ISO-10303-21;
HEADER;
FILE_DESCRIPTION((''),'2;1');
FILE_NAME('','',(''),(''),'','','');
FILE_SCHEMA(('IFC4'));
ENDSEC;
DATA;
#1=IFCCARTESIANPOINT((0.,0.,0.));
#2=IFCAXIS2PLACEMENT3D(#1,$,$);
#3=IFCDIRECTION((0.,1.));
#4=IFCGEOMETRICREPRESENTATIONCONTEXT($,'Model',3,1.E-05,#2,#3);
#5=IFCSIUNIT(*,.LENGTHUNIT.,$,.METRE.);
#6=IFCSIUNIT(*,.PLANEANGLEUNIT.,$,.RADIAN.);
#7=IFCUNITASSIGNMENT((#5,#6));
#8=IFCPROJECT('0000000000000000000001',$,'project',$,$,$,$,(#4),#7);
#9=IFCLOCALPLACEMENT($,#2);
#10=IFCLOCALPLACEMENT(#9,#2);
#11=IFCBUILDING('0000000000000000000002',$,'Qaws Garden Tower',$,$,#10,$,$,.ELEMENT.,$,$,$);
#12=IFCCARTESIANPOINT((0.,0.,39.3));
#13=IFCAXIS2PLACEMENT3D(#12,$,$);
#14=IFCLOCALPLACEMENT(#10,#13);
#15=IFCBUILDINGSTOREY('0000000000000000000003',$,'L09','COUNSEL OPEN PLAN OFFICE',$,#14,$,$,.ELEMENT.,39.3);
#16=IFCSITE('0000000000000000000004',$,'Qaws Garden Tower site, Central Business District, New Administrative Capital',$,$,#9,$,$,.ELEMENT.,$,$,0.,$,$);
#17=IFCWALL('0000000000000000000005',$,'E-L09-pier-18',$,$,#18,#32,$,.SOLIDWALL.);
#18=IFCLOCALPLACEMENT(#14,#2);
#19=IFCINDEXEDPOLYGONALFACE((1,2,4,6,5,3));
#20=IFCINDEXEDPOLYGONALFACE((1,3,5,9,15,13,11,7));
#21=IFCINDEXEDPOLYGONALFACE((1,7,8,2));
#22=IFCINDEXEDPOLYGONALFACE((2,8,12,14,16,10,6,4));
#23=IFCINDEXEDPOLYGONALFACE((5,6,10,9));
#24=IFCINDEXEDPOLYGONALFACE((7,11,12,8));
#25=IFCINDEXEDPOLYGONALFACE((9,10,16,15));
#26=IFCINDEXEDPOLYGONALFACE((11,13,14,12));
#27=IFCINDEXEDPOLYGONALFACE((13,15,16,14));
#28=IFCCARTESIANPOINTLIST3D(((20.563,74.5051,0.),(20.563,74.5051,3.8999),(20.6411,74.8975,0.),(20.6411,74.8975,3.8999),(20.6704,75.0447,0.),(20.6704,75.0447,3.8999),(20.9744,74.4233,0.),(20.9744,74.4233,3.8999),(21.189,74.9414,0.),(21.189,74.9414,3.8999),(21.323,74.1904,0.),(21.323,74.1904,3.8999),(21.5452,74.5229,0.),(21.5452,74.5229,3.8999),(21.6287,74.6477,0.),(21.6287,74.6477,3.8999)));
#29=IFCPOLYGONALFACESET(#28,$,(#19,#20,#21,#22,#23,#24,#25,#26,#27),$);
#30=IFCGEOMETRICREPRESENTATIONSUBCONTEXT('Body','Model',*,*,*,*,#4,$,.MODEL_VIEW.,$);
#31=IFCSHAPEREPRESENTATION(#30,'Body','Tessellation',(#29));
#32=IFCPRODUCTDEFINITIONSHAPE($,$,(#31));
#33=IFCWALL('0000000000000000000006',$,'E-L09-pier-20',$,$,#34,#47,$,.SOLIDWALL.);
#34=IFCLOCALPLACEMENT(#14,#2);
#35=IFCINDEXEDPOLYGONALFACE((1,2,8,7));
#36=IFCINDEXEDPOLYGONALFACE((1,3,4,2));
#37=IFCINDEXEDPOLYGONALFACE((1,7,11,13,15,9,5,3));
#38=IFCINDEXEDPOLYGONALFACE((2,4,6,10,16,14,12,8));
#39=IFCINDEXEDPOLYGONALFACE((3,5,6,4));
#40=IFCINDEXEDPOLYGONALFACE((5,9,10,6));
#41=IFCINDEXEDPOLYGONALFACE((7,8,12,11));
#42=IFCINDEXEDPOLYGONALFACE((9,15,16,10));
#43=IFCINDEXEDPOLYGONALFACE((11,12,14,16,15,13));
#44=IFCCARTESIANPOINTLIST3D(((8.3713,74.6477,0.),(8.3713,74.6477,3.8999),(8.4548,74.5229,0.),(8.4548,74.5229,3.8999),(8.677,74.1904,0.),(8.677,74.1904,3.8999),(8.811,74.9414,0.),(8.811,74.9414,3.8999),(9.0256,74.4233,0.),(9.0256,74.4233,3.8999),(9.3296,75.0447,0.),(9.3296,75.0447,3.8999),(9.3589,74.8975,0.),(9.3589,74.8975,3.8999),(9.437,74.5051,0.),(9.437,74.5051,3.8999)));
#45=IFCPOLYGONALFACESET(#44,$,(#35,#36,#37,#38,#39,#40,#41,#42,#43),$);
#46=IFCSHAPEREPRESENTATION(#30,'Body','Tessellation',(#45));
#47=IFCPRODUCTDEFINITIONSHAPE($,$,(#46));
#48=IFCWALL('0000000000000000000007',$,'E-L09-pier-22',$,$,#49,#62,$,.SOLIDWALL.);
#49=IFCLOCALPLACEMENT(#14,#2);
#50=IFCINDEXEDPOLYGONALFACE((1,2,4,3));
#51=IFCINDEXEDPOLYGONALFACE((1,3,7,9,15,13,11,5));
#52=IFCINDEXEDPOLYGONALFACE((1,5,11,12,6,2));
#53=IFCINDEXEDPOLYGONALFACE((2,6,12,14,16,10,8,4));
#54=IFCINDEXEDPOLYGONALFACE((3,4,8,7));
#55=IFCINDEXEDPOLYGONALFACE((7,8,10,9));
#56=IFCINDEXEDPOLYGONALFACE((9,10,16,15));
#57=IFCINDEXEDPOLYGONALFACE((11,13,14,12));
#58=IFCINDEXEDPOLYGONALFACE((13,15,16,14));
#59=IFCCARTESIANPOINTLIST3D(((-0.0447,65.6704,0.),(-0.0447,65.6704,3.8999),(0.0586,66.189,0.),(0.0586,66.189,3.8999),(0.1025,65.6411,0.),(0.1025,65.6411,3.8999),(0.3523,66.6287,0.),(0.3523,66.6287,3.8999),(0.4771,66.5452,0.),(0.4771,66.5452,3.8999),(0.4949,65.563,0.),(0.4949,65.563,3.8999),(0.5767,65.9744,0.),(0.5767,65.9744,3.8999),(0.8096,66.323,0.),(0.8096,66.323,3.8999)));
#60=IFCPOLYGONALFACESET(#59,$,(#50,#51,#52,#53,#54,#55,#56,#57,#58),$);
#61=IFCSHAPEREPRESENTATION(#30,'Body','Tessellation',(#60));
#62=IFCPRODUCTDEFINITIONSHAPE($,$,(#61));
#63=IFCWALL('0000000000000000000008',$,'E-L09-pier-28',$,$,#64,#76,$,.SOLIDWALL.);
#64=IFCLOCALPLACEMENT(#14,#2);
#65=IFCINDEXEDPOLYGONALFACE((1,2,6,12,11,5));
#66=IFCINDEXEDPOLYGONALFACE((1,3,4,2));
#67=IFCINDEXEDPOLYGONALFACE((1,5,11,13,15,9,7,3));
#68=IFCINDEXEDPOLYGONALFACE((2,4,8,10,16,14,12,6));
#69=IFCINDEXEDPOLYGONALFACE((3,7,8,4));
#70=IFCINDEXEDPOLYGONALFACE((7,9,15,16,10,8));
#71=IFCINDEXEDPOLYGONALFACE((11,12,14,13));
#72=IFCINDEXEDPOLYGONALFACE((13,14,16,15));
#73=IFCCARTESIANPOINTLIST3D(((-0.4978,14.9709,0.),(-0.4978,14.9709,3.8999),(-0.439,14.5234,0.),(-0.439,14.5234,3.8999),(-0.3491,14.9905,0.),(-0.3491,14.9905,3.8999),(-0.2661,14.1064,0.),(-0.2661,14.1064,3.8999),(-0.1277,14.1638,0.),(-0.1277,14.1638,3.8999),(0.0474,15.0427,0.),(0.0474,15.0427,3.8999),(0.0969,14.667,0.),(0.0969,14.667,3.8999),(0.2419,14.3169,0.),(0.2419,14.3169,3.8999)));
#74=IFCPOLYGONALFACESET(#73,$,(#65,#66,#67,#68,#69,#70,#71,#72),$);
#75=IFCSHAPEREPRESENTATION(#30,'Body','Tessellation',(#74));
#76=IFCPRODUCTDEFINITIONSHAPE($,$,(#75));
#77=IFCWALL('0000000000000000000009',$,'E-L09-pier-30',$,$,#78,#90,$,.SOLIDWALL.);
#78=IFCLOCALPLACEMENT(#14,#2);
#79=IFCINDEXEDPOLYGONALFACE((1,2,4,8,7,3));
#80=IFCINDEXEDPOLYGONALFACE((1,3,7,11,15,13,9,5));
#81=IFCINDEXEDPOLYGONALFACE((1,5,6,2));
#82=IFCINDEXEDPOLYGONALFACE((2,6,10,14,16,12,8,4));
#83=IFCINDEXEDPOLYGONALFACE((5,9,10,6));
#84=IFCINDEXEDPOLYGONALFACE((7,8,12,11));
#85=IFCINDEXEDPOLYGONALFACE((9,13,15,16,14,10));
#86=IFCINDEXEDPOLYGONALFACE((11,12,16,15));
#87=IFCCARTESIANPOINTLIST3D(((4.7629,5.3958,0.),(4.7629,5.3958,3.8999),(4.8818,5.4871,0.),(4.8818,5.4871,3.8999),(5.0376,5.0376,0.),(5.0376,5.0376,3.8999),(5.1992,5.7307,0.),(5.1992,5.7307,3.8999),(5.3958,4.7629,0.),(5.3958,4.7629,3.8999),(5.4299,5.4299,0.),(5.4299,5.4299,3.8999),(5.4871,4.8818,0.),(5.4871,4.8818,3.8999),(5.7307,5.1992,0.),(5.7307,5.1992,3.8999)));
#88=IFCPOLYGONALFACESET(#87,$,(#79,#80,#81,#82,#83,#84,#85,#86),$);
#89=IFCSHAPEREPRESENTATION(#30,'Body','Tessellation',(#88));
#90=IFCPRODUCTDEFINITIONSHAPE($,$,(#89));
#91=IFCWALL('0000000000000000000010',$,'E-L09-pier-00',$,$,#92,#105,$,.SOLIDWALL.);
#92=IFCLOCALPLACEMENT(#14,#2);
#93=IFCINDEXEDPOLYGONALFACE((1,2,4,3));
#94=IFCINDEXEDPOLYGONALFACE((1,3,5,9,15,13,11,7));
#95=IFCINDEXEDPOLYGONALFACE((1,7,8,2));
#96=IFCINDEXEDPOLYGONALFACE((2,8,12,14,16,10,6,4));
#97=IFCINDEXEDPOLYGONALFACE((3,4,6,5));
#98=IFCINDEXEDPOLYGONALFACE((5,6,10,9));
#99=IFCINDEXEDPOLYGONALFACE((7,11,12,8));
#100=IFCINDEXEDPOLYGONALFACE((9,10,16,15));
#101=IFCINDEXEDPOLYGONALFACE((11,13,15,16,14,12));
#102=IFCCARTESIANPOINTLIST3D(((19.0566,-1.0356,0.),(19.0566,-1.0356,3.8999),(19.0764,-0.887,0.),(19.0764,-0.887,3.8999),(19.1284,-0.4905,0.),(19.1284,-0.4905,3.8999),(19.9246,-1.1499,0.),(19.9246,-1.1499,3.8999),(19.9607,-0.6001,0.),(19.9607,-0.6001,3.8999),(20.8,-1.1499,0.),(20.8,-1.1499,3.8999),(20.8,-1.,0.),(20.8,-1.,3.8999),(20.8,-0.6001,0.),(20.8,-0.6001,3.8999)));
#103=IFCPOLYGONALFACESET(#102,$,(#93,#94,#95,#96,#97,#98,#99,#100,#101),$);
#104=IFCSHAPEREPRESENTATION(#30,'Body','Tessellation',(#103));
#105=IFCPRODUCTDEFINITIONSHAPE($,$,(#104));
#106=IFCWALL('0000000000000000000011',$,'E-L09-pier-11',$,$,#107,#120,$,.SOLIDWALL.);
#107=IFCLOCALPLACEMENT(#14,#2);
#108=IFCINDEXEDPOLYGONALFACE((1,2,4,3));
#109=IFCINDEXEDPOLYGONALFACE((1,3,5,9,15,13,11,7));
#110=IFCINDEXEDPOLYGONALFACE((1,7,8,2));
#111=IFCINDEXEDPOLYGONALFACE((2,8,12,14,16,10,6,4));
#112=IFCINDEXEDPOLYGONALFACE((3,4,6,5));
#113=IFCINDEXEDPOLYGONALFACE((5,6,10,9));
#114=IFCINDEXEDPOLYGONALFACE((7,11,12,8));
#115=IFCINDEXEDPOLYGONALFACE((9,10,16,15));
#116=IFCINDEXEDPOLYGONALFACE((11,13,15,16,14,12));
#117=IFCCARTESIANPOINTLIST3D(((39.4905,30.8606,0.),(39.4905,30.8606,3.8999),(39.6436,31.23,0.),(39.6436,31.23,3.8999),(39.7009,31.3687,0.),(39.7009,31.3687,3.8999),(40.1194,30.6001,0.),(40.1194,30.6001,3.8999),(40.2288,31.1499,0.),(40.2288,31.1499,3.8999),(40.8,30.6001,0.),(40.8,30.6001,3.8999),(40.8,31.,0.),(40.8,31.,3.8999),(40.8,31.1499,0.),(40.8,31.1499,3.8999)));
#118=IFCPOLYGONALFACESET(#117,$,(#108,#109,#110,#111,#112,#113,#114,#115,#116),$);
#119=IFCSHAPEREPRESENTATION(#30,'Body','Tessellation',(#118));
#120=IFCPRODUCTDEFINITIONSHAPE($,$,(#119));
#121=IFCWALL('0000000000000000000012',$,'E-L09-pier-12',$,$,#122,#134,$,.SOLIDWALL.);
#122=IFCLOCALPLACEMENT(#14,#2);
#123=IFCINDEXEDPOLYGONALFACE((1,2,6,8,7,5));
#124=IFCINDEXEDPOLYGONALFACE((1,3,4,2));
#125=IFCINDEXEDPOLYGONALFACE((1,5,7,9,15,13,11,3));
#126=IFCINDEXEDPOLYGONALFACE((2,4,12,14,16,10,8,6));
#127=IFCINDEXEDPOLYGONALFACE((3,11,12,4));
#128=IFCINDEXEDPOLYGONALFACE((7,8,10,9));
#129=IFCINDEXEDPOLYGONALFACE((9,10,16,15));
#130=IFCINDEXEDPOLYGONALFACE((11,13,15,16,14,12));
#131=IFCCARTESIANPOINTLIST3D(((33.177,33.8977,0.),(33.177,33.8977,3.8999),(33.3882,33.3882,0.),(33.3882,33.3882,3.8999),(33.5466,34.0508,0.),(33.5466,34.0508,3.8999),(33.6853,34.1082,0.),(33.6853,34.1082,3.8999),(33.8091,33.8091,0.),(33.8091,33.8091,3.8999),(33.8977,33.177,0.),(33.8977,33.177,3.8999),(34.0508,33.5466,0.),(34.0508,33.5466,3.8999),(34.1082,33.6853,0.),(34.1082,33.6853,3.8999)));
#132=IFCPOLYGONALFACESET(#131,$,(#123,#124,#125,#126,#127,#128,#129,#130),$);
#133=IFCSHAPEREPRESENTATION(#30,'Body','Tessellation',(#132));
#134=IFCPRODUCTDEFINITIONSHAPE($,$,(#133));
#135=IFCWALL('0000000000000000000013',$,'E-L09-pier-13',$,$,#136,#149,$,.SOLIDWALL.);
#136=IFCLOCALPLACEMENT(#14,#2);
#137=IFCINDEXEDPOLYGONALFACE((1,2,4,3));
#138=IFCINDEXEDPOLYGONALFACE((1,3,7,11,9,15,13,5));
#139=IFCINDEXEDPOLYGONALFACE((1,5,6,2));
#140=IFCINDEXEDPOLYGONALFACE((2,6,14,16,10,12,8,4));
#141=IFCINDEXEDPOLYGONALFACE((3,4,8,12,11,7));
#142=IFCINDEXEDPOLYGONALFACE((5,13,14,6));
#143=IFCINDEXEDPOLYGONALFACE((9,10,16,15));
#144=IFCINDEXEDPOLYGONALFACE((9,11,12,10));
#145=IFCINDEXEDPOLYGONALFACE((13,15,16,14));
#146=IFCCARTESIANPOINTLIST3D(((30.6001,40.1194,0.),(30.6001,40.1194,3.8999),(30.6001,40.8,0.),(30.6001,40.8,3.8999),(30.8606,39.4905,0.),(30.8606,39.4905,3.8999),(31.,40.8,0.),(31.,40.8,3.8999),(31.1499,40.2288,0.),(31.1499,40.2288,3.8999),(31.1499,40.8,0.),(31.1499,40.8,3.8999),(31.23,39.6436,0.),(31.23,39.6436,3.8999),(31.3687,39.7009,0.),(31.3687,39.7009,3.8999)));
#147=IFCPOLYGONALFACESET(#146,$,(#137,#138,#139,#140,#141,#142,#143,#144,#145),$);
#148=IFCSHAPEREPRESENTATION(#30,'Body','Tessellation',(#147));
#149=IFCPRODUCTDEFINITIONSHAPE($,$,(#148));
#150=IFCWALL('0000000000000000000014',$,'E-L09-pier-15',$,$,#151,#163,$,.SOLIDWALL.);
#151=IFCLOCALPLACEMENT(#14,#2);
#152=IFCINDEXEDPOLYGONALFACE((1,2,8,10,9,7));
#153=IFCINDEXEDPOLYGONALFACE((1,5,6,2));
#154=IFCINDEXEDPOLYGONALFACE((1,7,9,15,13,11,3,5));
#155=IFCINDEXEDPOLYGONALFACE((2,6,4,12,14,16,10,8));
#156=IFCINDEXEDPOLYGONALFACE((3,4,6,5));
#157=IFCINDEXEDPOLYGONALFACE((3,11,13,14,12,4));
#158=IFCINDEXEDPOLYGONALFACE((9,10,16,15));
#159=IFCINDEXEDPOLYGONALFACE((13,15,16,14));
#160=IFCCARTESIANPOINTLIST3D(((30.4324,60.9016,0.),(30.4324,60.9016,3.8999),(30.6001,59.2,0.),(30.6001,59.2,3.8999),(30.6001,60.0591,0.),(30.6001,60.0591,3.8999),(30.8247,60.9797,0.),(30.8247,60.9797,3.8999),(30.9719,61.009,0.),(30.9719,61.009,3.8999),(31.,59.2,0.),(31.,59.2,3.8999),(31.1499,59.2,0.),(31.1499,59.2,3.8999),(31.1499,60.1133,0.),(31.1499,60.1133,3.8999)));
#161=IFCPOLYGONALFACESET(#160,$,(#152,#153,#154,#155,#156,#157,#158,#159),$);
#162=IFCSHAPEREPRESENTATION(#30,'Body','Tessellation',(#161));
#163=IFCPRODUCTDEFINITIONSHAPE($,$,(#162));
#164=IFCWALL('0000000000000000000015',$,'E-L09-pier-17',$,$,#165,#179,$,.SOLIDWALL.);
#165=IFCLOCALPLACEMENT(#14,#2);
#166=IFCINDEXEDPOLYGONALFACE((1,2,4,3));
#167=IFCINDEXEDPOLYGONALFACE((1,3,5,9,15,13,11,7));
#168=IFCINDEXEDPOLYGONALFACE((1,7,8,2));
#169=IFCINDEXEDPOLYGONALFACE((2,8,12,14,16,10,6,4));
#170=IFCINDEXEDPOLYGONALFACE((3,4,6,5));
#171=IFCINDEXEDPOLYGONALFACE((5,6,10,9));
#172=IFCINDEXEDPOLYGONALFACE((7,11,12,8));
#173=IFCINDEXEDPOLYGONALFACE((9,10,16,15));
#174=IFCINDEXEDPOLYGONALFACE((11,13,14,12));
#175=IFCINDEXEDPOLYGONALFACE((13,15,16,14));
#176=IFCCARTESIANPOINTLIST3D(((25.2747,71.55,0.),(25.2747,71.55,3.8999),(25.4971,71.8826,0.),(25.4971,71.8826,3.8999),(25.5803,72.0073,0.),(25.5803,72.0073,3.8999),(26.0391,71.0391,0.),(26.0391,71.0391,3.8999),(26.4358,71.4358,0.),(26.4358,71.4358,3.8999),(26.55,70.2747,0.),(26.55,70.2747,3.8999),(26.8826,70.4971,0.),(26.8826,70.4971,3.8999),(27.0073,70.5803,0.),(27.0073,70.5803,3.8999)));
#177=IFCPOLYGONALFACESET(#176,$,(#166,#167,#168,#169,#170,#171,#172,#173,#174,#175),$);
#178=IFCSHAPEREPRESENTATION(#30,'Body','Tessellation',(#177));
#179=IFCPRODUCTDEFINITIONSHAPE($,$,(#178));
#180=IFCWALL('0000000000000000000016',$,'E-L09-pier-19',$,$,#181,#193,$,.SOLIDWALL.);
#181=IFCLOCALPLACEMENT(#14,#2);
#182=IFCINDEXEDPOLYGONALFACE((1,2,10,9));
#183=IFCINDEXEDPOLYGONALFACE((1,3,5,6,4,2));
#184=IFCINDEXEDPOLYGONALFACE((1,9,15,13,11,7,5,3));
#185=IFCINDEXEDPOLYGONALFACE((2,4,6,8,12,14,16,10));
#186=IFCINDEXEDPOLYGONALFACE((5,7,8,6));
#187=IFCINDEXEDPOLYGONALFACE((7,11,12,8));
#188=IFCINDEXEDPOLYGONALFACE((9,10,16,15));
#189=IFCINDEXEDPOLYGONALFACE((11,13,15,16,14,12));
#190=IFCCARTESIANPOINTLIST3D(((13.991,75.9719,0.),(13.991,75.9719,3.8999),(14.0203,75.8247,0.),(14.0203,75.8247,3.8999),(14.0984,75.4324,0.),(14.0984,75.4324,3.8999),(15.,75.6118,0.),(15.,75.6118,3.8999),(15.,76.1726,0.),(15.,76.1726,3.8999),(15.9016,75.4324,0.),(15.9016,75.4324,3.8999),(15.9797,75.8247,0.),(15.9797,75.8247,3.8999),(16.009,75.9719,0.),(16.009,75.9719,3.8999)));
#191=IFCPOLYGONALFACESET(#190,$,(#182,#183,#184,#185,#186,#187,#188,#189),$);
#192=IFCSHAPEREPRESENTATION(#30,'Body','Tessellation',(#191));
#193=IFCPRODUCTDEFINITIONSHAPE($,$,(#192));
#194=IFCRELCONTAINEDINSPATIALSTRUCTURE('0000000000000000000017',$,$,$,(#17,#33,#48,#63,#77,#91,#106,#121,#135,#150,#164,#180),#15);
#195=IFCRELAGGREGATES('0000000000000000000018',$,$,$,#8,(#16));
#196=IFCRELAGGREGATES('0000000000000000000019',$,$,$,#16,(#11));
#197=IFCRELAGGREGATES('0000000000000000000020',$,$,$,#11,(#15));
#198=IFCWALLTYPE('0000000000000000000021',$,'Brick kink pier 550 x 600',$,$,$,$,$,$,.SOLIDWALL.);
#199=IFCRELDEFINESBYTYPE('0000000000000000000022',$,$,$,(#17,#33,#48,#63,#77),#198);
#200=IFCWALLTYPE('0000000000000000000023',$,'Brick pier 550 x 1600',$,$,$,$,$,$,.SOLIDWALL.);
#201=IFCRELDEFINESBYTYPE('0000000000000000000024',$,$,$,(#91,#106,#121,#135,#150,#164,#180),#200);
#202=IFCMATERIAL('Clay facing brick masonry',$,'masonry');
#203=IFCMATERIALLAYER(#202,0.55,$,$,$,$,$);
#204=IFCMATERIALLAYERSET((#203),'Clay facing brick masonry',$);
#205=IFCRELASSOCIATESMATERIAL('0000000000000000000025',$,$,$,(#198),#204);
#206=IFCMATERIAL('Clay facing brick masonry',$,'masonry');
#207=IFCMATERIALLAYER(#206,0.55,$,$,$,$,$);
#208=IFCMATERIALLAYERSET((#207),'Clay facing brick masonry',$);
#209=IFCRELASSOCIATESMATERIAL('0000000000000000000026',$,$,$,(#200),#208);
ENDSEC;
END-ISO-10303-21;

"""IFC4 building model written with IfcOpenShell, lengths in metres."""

from ifc_helpers import new_model, si_unit, direction, frame, origin, place, context, subcontext, project, spatial, polyline, outline, extrude, material, layer, layer_set, type_object, element, save


model = new_model("IFC4")

# Units and contexts
model_context = context("Model", 3, precision=1e-05, world=origin(), true_north=direction((0.0, 1.0)))
body_context = subcontext(model_context, "Body", "Model", "MODEL_VIEW")
ifc_project = project(units=[si_unit("LENGTHUNIT", "METRE"), si_unit("PLANEANGLEUNIT", "RADIAN")], contexts=[model_context])

# Site, building, storey
site_placement = place(None, origin())
site = spatial("IfcSite", under=ifc_project, at=site_placement, Name="Qaws Garden Tower site, Central Business District, New Administrative Capital", CompositionType="ELEMENT", RefElevation=0.0)
building_placement = place(site_placement, origin())
building = spatial("IfcBuilding", under=site, at=building_placement, Name="Qaws Garden Tower", CompositionType="ELEMENT")
storey_placement = place(building_placement, frame((0.0, 0.0, 39.3)))
storey = spatial("IfcBuildingStorey", under=building, at=storey_placement, Name="L09", Description="COUNSEL OPEN PLAN OFFICE", CompositionType="ELEMENT", Elevation=39.3)

# Walls
placement = place(storey_placement, origin())
ifc_material_1 = material(Name="Clay facing brick masonry", Category="masonry")
ifc_layer_1 = layer(ifc_material_1, 0.55)
ifc_layer_set_1 = layer_set([ifc_layer_1], Name="Clay facing brick masonry")
wall_type_1 = type_object("IfcWallType", Name="Brick kink pier 550 x 600", PredefinedType="SOLIDWALL", material=ifc_layer_set_1)
element("IfcWall", 1, at=placement, inside=storey, type_object=wall_type_1, Name="E-L09-pier-18", PredefinedType="SOLIDWALL", context=body_context, shape_type="SweptSolid", body=[
    extrude(outline(polyline([(21.5452, 74.5229), (21.6287, 74.6477), (21.189, 74.9414), (20.6704, 75.0447), (20.6411, 74.8975), (20.563, 74.5051), (20.9744, 74.4233), (21.323, 74.1904), (21.5452, 74.5229)])), origin(), (0.0, 0.0, 1.0), 3.8999),
])
element("IfcWall", 2, at=placement, inside=storey, type_object=wall_type_1, Name="E-L09-pier-20", PredefinedType="SOLIDWALL", context=body_context, shape_type="SweptSolid", body=[
    extrude(outline(polyline([(9.3589, 74.8975), (9.3296, 75.0447), (8.811, 74.9414), (8.3713, 74.6477), (8.4548, 74.5229), (8.677, 74.1904), (9.0256, 74.4233), (9.437, 74.5051), (9.3589, 74.8975)])), origin(), (0.0, 0.0, 1.0), 3.8999),
])
element("IfcWall", 3, at=placement, inside=storey, type_object=wall_type_1, Name="E-L09-pier-22", PredefinedType="SOLIDWALL", context=body_context, shape_type="SweptSolid", body=[
    extrude(outline(polyline([(0.4771, 66.5452), (0.3523, 66.6287), (0.0586, 66.189), (-0.0447, 65.6704), (0.1025, 65.6411), (0.4949, 65.563), (0.5767, 65.9744), (0.8096, 66.323), (0.4771, 66.5452)])), origin(), (0.0, 0.0, 1.0), 3.8999),
])
element("IfcWall", 4, at=placement, inside=storey, type_object=wall_type_1, Name="E-L09-pier-28", PredefinedType="SOLIDWALL", context=body_context, shape_type="SweptSolid", body=[
    extrude(outline(polyline([(-0.3491, 14.9905), (-0.4978, 14.9709), (-0.439, 14.5234), (-0.2661, 14.1064), (-0.1277, 14.1638), (0.2419, 14.3169), (0.0969, 14.667), (0.0474, 15.0427), (-0.3491, 14.9905)])), origin(), (0.0, 0.0, 1.0), 3.8999),
])
element("IfcWall", 5, at=placement, inside=storey, type_object=wall_type_1, Name="E-L09-pier-30", PredefinedType="SOLIDWALL", context=body_context, shape_type="SweptSolid", body=[
    extrude(outline(polyline([(4.8818, 5.4871), (4.7629, 5.3958), (5.0376, 5.0376), (5.3958, 4.7629), (5.4871, 4.8818), (5.7307, 5.1992), (5.4299, 5.4299), (5.1992, 5.7307), (4.8818, 5.4871)])), origin(), (0.0, 0.0, 1.0), 3.8999),
])
ifc_material_2 = material(Name="Clay facing brick masonry", Category="masonry")
ifc_layer_2 = layer(ifc_material_2, 0.55)
ifc_layer_set_2 = layer_set([ifc_layer_2], Name="Clay facing brick masonry")
wall_type_2 = type_object("IfcWallType", Name="Brick pier 550 x 1600", PredefinedType="SOLIDWALL", material=ifc_layer_set_2)
element("IfcWall", 6, at=placement, inside=storey, type_object=wall_type_2, Name="E-L09-pier-00", PredefinedType="SOLIDWALL", context=body_context, shape_type="SweptSolid", body=[
    extrude(outline(polyline([(19.0764, -0.887), (19.0566, -1.0356), (19.9246, -1.1499), (20.8, -1.1499), (20.8, -1.0), (20.8, -0.6001), (19.9607, -0.6001), (19.1284, -0.4905), (19.0764, -0.887)])), origin(), (0.0, 0.0, 1.0), 3.8999),
])
element("IfcWall", 7, at=placement, inside=storey, type_object=wall_type_2, Name="E-L09-pier-11", PredefinedType="SOLIDWALL", context=body_context, shape_type="SweptSolid", body=[
    extrude(outline(polyline([(40.8, 31.0), (40.8, 31.1499), (40.2288, 31.1499), (39.7009, 31.3687), (39.6436, 31.23), (39.4905, 30.8606), (40.1194, 30.6001), (40.8, 30.6001), (40.8, 31.0)])), origin(), (0.0, 0.0, 1.0), 3.8999),
])
element("IfcWall", 8, at=placement, inside=storey, type_object=wall_type_2, Name="E-L09-pier-12", PredefinedType="SOLIDWALL", context=body_context, shape_type="SweptSolid", body=[
    extrude(outline(polyline([(34.0508, 33.5466), (34.1082, 33.6853), (33.8091, 33.8091), (33.6853, 34.1082), (33.5466, 34.0508), (33.177, 33.8977), (33.3882, 33.3882), (33.8977, 33.177), (34.0508, 33.5466)])), origin(), (0.0, 0.0, 1.0), 3.8999),
])
element("IfcWall", 9, at=placement, inside=storey, type_object=wall_type_2, Name="E-L09-pier-13", PredefinedType="SOLIDWALL", context=body_context, shape_type="SweptSolid", body=[
    extrude(outline(polyline([(31.23, 39.6436), (31.3687, 39.7009), (31.1499, 40.2288), (31.1499, 40.8), (31.0, 40.8), (30.6001, 40.8), (30.6001, 40.1194), (30.8606, 39.4905), (31.23, 39.6436)])), origin(), (0.0, 0.0, 1.0), 3.8999),
])
element("IfcWall", 10, at=placement, inside=storey, type_object=wall_type_2, Name="E-L09-pier-15", PredefinedType="SOLIDWALL", context=body_context, shape_type="SweptSolid", body=[
    extrude(outline(polyline([(31.0, 59.2), (31.1499, 59.2), (31.1499, 60.1133), (30.9719, 61.009), (30.8247, 60.9797), (30.4324, 60.9016), (30.6001, 60.0591), (30.6001, 59.2), (31.0, 59.2)])), origin(), (0.0, 0.0, 1.0), 3.8999),
])
element("IfcWall", 11, at=placement, inside=storey, type_object=wall_type_2, Name="E-L09-pier-17", PredefinedType="SOLIDWALL", context=body_context, shape_type="SweptSolid", body=[
    extrude(outline(polyline([(26.8826, 70.4971), (27.0073, 70.5803), (26.4358, 71.4358), (25.5803, 72.0073), (25.4971, 71.8826), (25.2747, 71.55), (26.0391, 71.0391), (26.55, 70.2747), (26.8826, 70.4971)])), origin(), (0.0, 0.0, 1.0), 3.8999),
])
element("IfcWall", 12, at=placement, inside=storey, type_object=wall_type_2, Name="E-L09-pier-19", PredefinedType="SOLIDWALL", context=body_context, shape_type="SweptSolid", body=[
    extrude(outline(polyline([(15.9797, 75.8247), (16.009, 75.9719), (15.0, 76.1726), (13.991, 75.9719), (14.0203, 75.8247), (14.0984, 75.4324), (15.0, 75.6118), (15.9016, 75.4324), (15.9797, 75.8247)])), origin(), (0.0, 0.0, 1.0), 3.8999),
])

save(model, "model.ifc")
